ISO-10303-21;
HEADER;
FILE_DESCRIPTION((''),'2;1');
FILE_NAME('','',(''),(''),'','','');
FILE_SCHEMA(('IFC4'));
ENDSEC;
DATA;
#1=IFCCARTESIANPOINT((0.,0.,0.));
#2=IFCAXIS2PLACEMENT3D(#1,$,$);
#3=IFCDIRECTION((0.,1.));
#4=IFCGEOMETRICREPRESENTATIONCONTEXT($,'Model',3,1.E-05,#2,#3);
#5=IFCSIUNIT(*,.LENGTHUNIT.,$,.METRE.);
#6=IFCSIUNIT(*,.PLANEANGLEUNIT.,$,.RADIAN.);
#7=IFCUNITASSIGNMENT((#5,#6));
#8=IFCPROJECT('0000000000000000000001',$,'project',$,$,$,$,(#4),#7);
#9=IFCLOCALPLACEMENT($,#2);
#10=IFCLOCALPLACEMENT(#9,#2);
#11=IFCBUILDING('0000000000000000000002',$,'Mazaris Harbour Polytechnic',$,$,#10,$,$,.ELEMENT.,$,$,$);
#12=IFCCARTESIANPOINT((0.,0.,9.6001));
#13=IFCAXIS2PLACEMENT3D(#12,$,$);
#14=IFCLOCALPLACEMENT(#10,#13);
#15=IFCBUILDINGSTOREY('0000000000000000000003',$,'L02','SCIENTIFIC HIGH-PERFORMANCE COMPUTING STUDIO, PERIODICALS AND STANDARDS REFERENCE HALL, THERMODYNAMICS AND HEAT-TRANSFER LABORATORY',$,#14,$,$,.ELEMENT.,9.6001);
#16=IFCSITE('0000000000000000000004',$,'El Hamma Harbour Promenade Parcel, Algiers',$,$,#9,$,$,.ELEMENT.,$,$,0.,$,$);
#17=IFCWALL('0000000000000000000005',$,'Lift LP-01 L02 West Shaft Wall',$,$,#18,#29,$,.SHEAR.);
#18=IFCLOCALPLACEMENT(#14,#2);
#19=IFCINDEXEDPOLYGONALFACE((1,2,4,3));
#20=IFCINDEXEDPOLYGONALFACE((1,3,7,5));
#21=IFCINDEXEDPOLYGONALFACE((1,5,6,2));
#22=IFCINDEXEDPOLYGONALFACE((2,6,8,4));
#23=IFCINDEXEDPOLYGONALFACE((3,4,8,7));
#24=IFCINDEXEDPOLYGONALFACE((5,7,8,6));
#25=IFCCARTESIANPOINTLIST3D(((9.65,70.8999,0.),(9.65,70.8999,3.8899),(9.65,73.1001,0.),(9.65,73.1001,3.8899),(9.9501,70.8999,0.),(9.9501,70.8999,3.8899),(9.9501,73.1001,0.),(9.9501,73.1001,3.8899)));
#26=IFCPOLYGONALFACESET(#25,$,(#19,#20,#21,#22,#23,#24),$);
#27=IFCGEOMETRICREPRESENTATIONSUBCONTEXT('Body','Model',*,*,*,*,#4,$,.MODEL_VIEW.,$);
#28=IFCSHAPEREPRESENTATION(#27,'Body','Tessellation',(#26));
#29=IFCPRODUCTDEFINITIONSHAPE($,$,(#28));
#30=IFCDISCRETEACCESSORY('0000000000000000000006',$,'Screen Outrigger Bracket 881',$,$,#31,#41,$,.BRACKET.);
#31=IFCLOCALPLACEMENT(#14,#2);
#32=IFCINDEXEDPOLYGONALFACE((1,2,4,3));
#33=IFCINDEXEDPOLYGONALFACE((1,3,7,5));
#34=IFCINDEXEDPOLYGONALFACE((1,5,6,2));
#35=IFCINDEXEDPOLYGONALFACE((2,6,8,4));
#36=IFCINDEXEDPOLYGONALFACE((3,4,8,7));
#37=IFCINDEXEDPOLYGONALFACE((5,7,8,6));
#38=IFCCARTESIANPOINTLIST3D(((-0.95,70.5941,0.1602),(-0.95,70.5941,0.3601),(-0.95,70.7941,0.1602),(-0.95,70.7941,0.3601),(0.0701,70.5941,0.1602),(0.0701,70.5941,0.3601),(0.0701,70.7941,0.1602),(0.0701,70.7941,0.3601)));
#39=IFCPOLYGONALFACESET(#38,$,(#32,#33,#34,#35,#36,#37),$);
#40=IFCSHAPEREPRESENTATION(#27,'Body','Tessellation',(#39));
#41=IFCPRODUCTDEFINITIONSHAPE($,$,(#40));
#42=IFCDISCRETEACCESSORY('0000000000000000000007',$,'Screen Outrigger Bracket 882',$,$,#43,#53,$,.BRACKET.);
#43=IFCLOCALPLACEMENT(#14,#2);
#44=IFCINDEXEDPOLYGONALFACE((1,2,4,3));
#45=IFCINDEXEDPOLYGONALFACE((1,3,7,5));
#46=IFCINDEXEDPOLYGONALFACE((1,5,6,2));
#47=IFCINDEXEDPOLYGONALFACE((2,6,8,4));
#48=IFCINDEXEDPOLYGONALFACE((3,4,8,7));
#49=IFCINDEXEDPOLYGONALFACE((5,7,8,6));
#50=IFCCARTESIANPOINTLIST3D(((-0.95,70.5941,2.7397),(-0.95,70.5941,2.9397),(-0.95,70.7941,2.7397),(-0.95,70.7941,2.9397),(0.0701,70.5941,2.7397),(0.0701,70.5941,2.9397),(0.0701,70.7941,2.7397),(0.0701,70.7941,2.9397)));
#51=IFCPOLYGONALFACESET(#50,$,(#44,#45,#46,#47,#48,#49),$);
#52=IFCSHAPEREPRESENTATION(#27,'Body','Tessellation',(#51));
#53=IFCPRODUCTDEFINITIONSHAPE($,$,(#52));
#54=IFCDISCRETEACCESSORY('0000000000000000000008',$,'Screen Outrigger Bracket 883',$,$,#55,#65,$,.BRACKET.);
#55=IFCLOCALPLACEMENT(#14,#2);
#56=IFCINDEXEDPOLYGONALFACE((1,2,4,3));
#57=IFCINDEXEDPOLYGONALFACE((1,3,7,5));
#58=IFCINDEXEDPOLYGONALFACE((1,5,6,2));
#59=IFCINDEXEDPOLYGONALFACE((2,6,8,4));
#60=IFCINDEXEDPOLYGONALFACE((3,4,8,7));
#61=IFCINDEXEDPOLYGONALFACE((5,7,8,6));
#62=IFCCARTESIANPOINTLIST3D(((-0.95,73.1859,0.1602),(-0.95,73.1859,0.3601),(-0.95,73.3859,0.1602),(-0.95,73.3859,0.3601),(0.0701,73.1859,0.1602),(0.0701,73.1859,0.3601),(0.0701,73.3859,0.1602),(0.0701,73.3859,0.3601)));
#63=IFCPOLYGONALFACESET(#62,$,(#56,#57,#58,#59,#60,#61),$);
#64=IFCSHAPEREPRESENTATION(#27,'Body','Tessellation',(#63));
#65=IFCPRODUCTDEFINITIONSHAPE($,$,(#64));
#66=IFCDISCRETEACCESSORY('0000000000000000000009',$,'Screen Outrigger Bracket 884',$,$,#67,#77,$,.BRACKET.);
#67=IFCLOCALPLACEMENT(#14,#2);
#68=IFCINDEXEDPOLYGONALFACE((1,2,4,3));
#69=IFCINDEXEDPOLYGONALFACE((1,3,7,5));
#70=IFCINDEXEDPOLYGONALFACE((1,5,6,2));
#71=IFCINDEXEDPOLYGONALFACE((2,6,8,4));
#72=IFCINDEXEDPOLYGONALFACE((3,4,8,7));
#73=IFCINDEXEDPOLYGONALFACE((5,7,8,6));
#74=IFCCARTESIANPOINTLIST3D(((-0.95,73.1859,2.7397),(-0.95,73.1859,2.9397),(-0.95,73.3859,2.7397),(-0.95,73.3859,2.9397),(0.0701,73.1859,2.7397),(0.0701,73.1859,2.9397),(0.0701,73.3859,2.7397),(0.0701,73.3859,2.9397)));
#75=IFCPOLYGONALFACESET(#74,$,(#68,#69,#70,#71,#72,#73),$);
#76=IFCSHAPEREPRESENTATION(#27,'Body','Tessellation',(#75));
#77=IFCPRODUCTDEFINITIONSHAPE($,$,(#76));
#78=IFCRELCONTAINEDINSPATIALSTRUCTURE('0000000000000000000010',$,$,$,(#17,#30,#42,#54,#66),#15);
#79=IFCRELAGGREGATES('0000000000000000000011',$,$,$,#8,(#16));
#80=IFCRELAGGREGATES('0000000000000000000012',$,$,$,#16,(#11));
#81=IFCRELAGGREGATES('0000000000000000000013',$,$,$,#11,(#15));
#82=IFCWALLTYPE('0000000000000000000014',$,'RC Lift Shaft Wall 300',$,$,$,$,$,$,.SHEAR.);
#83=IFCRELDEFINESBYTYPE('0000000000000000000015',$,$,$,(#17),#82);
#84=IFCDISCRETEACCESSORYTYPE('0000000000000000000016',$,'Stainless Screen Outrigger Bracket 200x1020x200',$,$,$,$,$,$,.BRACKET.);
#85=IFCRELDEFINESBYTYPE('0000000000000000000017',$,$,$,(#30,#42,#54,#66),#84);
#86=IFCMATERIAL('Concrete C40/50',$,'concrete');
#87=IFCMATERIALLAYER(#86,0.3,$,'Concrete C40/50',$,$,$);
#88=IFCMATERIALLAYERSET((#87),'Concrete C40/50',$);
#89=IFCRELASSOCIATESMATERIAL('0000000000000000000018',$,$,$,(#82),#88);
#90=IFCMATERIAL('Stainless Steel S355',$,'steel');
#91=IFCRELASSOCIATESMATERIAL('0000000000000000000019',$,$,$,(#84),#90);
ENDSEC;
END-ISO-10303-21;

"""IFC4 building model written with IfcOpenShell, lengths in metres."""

from ifc_helpers import new_model, si_unit, direction, frame, frame_2d, origin, origin_2d, place, context, subcontext, project, spatial, rectangle, extrude, material, layer, layer_set, type_object, element, save


model = new_model("IFC4")

# Units and contexts
model_context = context("Model", 3, precision=1e-05, world=origin(), true_north=direction((0.0, 1.0)))
body_context = subcontext(model_context, "Body", "Model", "MODEL_VIEW")
ifc_project = project(units=[si_unit("LENGTHUNIT", "METRE"), si_unit("PLANEANGLEUNIT", "RADIAN")], contexts=[model_context])

# Site, building, storey
site_placement = place(None, origin())
site = spatial("IfcSite", under=ifc_project, at=site_placement, Name="El Hamma Harbour Promenade Parcel, Algiers", CompositionType="ELEMENT", RefElevation=0.0)
building_placement = place(site_placement, origin())
building = spatial("IfcBuilding", under=site, at=building_placement, Name="Mazaris Harbour Polytechnic", CompositionType="ELEMENT")
storey_placement = place(building_placement, frame((0.0, 0.0, 9.6001)))
storey = spatial("IfcBuildingStorey", under=building, at=storey_placement, Name="L02", Description="SCIENTIFIC HIGH-PERFORMANCE COMPUTING STUDIO, PERIODICALS AND STANDARDS REFERENCE HALL, THERMODYNAMICS AND HEAT-TRANSFER LABORATORY", CompositionType="ELEMENT", Elevation=9.6001)

# Wall
ifc_material_1 = material(Name="Concrete C40/50", Category="concrete")
ifc_layer_1 = layer(ifc_material_1, 0.3, Name="Concrete C40/50")
ifc_layer_set_1 = layer_set([ifc_layer_1], Name="Concrete C40/50")
wall_type_1 = type_object("IfcWallType", Name="RC Lift Shaft Wall 300", PredefinedType="SHEAR", material=ifc_layer_set_1)
wall_1_placement = place(storey_placement, frame((9.8, 73.1001, 0.0), z_axis=(0.0, 0.0, 1.0), x_axis=(0.0, -1.0, 0.0)))
element("IfcWall", 1, at=wall_1_placement, inside=storey, type_object=wall_type_1, Name="Lift LP-01 L02 West Shaft Wall", PredefinedType="SHEAR", context=body_context, shape_type="SweptSolid", body=[
    extrude(rectangle(XDim=2.2002, YDim=0.3, at=frame_2d((1.1001, 0.0))), origin(), (0.0, 0.0, 1.0), 3.8899),
])

# Discrete accessories
ifc_material_2 = material(Name="Stainless Steel S355", Category="steel")
discrete_accessory_type = type_object("IfcDiscreteAccessoryType", Name="Stainless Screen Outrigger Bracket 200x1020x200", PredefinedType="BRACKET", material=ifc_material_2)
for number, where, z_axis, x_axis, name in (
    (2, (-0.4399, 70.6941, 0.1602), (0.0, 0.0, 1.0), (0.0, 1.0, 0.0), "Screen Outrigger Bracket 881"),
    (3, (-0.4399, 70.6941, 2.7397), (0.0, 0.0, 1.0), (0.0, 1.0, 0.0), "Screen Outrigger Bracket 882"),
    (4, (-0.4399, 73.2859, 0.1602), (0.0, 0.0, 1.0), (0.0, 1.0, 0.0), "Screen Outrigger Bracket 883"),
    (5, (-0.4399, 73.2859, 2.7397), (0.0, 0.0, 1.0), (0.0, 1.0, 0.0), "Screen Outrigger Bracket 884"),
):
    element("IfcDiscreteAccessory", number, at=place(storey_placement, frame(where, z_axis=z_axis, x_axis=x_axis)), inside=storey, type_object=discrete_accessory_type, Name=name, PredefinedType="BRACKET", context=body_context, shape_type="SweptSolid", body=[
        extrude(rectangle(XDim=0.2, YDim=1.02, at=origin_2d()), origin(), (0.0, 0.0, 1.0), 0.2),
    ])

save(model, "model.ifc")
